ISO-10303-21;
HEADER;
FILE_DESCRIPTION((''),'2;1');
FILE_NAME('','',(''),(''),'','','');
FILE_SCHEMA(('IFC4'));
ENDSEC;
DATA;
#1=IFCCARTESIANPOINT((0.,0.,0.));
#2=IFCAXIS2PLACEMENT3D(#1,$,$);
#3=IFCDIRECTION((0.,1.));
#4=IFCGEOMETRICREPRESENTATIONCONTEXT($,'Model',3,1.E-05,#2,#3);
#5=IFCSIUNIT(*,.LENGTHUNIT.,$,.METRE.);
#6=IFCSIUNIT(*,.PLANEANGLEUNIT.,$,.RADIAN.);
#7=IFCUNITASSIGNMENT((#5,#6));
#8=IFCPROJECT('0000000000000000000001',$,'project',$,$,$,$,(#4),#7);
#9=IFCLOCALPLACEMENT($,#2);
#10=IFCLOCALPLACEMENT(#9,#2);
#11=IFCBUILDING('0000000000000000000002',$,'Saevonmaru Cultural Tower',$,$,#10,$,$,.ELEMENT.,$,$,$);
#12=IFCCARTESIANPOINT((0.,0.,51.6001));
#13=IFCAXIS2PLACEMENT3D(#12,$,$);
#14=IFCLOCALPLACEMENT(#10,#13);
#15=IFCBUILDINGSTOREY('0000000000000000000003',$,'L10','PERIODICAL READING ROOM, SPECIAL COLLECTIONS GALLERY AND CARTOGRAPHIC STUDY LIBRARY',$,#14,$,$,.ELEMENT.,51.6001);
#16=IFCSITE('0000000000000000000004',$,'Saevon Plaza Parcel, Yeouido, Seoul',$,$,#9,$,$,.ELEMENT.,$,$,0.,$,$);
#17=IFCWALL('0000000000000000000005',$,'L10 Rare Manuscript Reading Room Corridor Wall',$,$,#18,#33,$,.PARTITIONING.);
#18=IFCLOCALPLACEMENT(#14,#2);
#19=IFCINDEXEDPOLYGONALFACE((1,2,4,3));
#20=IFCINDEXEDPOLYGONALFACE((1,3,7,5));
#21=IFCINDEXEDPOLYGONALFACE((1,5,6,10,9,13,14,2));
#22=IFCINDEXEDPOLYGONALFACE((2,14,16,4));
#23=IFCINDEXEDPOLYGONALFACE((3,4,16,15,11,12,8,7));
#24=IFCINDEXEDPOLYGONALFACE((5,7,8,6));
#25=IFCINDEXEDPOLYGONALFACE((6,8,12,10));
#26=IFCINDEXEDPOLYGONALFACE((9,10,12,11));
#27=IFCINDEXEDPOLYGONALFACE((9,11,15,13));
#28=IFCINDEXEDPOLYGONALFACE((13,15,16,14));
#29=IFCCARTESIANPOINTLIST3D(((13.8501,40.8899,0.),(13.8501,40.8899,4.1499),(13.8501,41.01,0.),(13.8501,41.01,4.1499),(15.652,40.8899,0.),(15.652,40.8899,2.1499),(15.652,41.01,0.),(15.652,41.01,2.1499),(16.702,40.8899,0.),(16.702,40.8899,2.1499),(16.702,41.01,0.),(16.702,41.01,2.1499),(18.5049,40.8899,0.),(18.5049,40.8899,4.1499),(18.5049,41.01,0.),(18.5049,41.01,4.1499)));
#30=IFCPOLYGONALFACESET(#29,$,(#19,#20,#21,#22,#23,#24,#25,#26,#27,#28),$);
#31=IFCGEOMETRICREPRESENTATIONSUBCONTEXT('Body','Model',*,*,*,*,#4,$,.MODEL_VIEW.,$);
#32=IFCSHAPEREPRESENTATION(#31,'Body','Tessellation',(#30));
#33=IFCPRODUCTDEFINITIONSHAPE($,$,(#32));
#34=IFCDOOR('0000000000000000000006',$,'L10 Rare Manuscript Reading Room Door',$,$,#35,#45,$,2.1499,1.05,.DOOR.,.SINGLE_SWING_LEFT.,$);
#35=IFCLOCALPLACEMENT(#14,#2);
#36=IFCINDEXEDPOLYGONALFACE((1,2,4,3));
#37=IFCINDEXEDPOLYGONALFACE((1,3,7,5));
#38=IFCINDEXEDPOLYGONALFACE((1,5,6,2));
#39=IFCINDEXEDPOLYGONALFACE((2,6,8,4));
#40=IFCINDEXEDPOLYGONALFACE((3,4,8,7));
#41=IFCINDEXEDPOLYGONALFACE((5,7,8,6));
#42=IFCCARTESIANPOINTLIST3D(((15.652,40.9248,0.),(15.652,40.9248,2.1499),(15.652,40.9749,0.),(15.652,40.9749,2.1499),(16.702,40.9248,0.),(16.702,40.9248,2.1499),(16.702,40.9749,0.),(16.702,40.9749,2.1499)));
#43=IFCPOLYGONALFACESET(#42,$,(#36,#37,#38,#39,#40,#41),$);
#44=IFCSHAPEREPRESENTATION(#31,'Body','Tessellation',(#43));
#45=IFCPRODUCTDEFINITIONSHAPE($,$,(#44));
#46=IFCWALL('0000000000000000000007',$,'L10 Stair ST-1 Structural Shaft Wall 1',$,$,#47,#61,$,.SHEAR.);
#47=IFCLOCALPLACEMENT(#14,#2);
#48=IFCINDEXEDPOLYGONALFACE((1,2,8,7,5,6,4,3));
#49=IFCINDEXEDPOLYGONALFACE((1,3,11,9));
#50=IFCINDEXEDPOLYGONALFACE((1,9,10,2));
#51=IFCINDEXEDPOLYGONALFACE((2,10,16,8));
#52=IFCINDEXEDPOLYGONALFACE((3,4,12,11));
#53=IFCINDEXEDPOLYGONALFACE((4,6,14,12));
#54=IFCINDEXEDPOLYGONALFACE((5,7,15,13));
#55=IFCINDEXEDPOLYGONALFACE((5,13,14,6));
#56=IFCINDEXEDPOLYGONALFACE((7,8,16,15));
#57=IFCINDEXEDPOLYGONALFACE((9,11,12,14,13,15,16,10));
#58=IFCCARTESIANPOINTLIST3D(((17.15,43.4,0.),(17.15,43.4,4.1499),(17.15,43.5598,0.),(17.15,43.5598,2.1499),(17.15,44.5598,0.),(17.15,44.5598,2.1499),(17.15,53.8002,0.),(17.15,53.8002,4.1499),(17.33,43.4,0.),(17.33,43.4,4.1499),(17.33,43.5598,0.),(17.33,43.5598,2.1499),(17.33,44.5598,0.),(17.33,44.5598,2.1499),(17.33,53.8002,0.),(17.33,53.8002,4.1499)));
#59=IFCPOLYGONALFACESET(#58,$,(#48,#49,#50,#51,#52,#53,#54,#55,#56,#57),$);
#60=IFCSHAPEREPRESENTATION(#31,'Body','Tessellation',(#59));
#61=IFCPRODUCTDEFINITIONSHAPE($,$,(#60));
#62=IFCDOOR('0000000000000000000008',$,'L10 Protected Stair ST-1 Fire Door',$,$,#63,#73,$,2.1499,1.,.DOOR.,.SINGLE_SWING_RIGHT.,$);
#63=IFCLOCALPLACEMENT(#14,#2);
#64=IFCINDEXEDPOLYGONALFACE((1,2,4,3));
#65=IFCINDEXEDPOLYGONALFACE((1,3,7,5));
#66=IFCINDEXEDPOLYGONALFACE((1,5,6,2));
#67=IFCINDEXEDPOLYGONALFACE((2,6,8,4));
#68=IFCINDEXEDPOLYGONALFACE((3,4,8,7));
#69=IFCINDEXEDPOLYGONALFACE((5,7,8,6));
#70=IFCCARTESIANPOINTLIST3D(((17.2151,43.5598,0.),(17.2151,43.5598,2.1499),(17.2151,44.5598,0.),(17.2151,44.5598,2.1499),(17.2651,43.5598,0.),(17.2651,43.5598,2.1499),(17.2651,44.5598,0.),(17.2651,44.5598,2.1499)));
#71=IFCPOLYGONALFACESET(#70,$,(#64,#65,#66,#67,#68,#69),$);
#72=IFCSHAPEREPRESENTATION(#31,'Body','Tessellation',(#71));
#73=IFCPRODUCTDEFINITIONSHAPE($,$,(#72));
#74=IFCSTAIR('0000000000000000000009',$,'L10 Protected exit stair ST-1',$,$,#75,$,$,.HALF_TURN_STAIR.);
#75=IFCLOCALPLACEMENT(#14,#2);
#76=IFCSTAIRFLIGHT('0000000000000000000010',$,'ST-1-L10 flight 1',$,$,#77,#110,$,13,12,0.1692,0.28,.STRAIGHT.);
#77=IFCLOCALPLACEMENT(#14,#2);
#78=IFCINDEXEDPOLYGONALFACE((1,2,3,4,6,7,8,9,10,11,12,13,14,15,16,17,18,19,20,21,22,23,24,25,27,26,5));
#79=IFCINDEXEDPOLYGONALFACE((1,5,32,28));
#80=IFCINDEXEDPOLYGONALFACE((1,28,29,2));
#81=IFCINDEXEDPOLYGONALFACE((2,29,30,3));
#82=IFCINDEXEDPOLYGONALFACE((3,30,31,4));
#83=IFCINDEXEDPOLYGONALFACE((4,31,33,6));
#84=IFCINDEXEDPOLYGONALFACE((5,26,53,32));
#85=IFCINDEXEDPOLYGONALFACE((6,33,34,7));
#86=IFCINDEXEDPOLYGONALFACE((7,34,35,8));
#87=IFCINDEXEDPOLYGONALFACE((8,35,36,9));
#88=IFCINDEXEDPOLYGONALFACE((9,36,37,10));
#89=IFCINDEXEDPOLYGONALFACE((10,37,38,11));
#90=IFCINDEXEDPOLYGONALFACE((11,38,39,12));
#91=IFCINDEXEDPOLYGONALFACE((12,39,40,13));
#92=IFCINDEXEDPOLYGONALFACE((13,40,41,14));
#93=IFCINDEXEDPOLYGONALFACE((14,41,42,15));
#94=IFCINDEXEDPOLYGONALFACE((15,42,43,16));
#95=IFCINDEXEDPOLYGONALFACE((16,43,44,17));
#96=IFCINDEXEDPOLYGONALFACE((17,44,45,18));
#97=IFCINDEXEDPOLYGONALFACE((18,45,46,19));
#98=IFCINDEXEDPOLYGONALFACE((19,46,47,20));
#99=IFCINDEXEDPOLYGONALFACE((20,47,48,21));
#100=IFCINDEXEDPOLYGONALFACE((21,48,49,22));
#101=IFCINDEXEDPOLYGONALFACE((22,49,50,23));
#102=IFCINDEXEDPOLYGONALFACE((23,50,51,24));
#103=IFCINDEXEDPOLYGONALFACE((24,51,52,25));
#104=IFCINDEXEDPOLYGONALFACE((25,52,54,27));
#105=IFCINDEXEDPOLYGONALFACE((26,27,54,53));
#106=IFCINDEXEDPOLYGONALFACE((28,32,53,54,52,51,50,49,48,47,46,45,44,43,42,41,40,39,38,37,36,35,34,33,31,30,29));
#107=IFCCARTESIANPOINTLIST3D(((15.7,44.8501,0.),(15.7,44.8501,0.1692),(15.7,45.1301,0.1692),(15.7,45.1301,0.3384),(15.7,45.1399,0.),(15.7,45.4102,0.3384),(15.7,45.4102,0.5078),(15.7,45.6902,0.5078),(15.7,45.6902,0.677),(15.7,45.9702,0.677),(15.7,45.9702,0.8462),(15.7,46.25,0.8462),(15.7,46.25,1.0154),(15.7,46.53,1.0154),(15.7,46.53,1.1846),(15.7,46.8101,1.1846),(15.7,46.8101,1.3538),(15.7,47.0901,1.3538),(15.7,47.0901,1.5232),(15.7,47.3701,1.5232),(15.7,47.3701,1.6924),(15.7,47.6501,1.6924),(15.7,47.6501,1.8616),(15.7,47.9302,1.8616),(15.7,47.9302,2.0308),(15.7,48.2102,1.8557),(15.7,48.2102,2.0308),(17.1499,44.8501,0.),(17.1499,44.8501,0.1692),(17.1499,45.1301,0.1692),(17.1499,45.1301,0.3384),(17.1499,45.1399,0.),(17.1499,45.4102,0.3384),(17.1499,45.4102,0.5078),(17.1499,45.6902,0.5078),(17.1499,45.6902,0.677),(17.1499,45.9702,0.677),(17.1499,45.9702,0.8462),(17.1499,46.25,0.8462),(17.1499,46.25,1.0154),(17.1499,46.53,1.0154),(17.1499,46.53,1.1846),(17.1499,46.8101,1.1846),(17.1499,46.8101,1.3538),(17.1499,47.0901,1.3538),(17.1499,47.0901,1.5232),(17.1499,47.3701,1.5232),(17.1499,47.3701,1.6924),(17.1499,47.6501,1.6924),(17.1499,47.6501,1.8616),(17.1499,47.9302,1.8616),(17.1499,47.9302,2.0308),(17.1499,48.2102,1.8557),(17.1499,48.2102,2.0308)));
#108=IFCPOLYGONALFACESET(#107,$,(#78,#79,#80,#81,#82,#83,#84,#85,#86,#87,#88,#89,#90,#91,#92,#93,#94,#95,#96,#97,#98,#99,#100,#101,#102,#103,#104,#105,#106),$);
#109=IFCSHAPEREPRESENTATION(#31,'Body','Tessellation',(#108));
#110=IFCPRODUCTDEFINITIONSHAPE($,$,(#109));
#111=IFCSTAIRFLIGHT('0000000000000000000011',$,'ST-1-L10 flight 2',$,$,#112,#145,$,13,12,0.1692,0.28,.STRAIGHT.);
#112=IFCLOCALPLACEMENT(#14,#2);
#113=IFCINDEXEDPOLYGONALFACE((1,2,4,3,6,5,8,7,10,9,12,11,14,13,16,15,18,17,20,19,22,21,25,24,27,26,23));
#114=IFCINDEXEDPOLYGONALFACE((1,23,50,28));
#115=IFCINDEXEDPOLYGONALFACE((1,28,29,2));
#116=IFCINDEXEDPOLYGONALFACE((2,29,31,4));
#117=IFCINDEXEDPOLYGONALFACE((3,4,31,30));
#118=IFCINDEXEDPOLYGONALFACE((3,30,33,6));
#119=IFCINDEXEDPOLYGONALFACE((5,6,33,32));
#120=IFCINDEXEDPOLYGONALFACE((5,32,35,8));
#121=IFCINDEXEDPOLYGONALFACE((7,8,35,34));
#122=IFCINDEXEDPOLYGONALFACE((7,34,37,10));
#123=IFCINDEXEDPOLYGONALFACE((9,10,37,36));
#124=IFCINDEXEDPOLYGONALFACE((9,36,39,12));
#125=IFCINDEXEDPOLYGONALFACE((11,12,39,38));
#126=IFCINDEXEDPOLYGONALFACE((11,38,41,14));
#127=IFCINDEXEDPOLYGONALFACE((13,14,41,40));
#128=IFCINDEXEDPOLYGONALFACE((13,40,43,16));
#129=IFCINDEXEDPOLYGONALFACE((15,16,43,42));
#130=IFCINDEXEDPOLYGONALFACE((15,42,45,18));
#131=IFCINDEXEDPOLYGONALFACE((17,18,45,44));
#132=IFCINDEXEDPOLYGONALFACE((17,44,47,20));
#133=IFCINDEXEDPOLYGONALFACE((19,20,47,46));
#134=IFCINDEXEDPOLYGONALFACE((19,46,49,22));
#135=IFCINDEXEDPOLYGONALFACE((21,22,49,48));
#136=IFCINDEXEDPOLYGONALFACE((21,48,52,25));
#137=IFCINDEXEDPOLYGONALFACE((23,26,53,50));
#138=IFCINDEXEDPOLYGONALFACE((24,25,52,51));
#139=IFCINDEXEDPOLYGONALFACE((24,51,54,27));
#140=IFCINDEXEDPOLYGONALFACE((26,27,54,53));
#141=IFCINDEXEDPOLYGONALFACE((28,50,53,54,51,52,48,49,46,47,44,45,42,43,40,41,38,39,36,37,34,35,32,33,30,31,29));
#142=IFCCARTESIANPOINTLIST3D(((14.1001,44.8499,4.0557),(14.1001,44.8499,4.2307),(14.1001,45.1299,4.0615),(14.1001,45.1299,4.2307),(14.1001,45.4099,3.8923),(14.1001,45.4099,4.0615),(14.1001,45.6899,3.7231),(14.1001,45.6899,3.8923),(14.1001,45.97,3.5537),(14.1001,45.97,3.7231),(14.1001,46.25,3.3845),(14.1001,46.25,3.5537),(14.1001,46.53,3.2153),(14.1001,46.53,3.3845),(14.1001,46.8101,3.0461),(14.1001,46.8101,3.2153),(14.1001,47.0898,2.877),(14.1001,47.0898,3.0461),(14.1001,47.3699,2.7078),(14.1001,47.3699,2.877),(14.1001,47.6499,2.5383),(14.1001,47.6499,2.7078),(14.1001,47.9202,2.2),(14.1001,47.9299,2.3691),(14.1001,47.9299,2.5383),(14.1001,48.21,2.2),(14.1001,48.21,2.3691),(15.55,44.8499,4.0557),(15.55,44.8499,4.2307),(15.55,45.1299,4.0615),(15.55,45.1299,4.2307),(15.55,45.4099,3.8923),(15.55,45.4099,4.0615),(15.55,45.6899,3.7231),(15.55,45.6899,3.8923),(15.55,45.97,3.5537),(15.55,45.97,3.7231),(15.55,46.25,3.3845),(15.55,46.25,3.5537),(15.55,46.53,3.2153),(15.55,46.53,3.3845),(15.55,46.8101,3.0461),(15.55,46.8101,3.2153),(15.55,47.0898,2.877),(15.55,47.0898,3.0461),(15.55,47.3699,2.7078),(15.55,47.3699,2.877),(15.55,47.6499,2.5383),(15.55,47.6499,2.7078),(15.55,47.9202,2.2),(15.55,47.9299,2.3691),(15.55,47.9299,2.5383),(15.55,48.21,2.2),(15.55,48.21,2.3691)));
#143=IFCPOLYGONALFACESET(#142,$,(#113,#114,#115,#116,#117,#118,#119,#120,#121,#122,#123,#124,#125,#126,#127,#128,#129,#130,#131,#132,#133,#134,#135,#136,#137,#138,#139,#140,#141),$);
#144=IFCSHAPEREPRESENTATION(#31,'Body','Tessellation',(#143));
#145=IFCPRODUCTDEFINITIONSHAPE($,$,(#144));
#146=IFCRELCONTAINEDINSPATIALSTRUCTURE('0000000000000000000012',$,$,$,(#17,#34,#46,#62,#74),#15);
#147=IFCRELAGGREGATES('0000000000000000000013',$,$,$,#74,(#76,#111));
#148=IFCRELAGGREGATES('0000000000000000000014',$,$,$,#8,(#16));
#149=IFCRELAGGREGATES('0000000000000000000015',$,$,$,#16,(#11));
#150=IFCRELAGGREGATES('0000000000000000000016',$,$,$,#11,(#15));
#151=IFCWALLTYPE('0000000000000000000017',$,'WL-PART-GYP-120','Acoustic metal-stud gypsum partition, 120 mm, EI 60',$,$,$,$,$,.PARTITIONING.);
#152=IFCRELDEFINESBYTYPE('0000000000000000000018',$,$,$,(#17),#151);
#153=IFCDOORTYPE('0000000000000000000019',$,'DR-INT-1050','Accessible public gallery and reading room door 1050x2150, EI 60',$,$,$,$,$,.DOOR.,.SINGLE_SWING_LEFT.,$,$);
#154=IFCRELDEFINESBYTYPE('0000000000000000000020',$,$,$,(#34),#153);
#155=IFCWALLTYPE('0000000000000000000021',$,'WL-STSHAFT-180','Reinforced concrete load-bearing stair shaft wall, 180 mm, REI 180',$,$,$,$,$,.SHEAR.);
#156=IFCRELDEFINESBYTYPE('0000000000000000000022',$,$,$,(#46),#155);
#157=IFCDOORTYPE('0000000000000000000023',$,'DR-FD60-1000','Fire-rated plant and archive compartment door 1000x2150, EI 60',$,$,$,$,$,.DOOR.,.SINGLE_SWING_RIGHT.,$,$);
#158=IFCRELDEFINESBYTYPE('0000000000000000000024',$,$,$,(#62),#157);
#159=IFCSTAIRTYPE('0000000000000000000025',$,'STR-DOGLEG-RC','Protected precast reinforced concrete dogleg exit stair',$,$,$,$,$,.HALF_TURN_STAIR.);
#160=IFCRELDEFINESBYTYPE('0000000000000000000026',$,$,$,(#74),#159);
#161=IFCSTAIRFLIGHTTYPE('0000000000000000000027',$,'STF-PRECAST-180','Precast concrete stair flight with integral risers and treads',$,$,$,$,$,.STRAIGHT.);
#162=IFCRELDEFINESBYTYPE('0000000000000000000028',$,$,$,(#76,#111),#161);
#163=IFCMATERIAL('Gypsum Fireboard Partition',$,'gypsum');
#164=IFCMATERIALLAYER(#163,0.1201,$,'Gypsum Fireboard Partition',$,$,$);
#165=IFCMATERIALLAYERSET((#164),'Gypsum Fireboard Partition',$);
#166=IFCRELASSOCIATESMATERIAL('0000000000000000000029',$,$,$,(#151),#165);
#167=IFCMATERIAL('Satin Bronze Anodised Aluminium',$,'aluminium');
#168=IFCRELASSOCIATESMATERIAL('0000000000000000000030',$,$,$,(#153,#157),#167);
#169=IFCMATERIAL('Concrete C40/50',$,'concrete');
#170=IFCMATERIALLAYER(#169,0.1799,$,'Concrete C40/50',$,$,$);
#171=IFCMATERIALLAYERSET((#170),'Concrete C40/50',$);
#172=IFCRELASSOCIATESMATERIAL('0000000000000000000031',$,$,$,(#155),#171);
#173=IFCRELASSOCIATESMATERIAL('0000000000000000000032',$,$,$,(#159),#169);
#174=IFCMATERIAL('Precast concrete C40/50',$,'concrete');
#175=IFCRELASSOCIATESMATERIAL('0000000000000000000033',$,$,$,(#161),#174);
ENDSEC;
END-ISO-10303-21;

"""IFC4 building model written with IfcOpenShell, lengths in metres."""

from ifc_helpers import new_model, si_unit, direction, frame, frame_2d, origin, place, context, subcontext, project, spatial, polyline, rectangle, outline, extrude, material, layer, layer_set, type_object, element, fill, aggregate, save


model = new_model("IFC4")

# Units and contexts
model_context = context("Model", 3, precision=1e-05, world=origin(), true_north=direction((0.0, 1.0)))
body_context = subcontext(model_context, "Body", "Model", "MODEL_VIEW")
ifc_project = project(units=[si_unit("LENGTHUNIT", "METRE"), si_unit("PLANEANGLEUNIT", "RADIAN")], contexts=[model_context])

# Site, building, storey
site_placement = place(None, origin())
site = spatial("IfcSite", under=ifc_project, at=site_placement, Name="Saevon Plaza Parcel, Yeouido, Seoul", CompositionType="ELEMENT", RefElevation=0.0)
building_placement = place(site_placement, origin())
building = spatial("IfcBuilding", under=site, at=building_placement, Name="Saevonmaru Cultural Tower", CompositionType="ELEMENT")
storey_placement = place(building_placement, frame((0.0, 0.0, 51.6001)))
storey = spatial("IfcBuildingStorey", under=building, at=storey_placement, Name="L10", Description="PERIODICAL READING ROOM, SPECIAL COLLECTIONS GALLERY AND CARTOGRAPHIC STUDY LIBRARY", CompositionType="ELEMENT", Elevation=51.6001)

# Shared definitions
ifc_material_1 = material(Name="Satin Bronze Anodised Aluminium", Category="aluminium")

# Shared definitions
ifc_material_2 = material(Name="Gypsum Fireboard Partition", Category="gypsum")

# Shared definitions
ifc_layer_1 = layer(ifc_material_2, 0.1201, Name="Gypsum Fireboard Partition")
ifc_layer_set_1 = layer_set([ifc_layer_1], Name="Gypsum Fireboard Partition")
wall_type_1 = type_object("IfcWallType", Name="WL-PART-GYP-120", Description="Acoustic metal-stud gypsum partition, 120 mm, EI 60", PredefinedType="PARTITIONING", material=ifc_layer_set_1)

# Walls, openings, doors
wall_1_placement = place(storey_placement, frame((13.8501, 40.95, 0.0), z_axis=(0.0, 0.0, 1.0), x_axis=(1.0, 0.0, 0.0)))
wall_1 = element("IfcWall", 1, at=wall_1_placement, inside=storey, type_object=wall_type_1, Name="L10 Rare Manuscript Reading Room Corridor Wall", PredefinedType="PARTITIONING", context=body_context, shape_type="SweptSolid", body=[
    extrude(rectangle(XDim=4.6548, YDim=0.1201, at=frame_2d((2.3274, 0.0))), origin(), (0.0, 0.0, 1.0), 4.1499),
])
opening_1_placement = place(wall_1_placement, frame((1.802, 0.0, 0.0)))
opening_1 = element("IfcOpeningElement", 2, at=opening_1_placement, cuts=wall_1, PredefinedType="OPENING", context=body_context, shape_type="SweptSolid", body=[
    extrude(rectangle(XDim=1.05, YDim=2.1499, at=frame_2d((0.5249, 1.075))), frame((0.0, 0.0701, 0.0), z_axis=(0.0, -1.0, 0.0), x_axis=(1.0, 0.0, 0.0)), (0.0, 0.0, 1.0), 0.1401),
])
door_type_1 = type_object("IfcDoorType", Name="DR-INT-1050", Description="Accessible public gallery and reading room door 1050x2150, EI 60", OperationType="SINGLE_SWING_LEFT", PredefinedType="DOOR", material=ifc_material_1)
door_1_placement = place(opening_1_placement, origin())
door_1 = element("IfcDoor", 3, at=door_1_placement, inside=storey, type_object=door_type_1, Name="L10 Rare Manuscript Reading Room Door", OperationType="SINGLE_SWING_LEFT", OverallHeight=2.1499, OverallWidth=1.05, PredefinedType="DOOR", context=body_context, shape_type="SweptSolid", body=[
    extrude(rectangle(XDim=1.05, YDim=2.1499, at=frame_2d((0.5249, 1.075))), frame((0.0, 0.0249, 0.0), z_axis=(0.0, -1.0, 0.0), x_axis=(1.0, 0.0, 0.0)), (0.0, 0.0, 1.0), 0.05),
])
fill(opening_1, door_1)
ifc_material_3 = material(Name="Concrete C40/50", Category="concrete")
ifc_layer_2 = layer(ifc_material_3, 0.1799, Name="Concrete C40/50")
ifc_layer_set_2 = layer_set([ifc_layer_2], Name="Concrete C40/50")
wall_type_2 = type_object("IfcWallType", Name="WL-STSHAFT-180", Description="Reinforced concrete load-bearing stair shaft wall, 180 mm, REI 180", PredefinedType="SHEAR", material=ifc_layer_set_2)
wall_2_placement = place(storey_placement, frame((17.24, 43.3999, 0.0), z_axis=(0.0, 0.0, 1.0), x_axis=(0.0, 1.0, 0.0)))
wall_2 = element("IfcWall", 4, at=wall_2_placement, inside=storey, type_object=wall_type_2, Name="L10 Stair ST-1 Structural Shaft Wall 1", PredefinedType="SHEAR", context=body_context, shape_type="SweptSolid", body=[
    extrude(rectangle(XDim=10.4001, YDim=0.1799, at=frame_2d((5.2002, 0.0))), origin(), (0.0, 0.0, 1.0), 4.1499),
])
opening_2_placement = place(wall_2_placement, frame((0.1599, 0.0, 0.0)))
opening_2 = element("IfcOpeningElement", 5, at=opening_2_placement, cuts=wall_2, PredefinedType="OPENING", context=body_context, shape_type="SweptSolid", body=[
    extrude(rectangle(XDim=1.0, YDim=2.1499, at=frame_2d((0.5, 1.075))), frame((0.0, 0.1001, 0.0), z_axis=(0.0, -1.0, 0.0), x_axis=(1.0, 0.0, 0.0)), (0.0, 0.0, 1.0), 0.2),
])
door_type_2 = type_object("IfcDoorType", Name="DR-FD60-1000", Description="Fire-rated plant and archive compartment door 1000x2150, EI 60", OperationType="SINGLE_SWING_RIGHT", PredefinedType="DOOR", material=ifc_material_1)
door_2_placement = place(opening_2_placement, origin())
door_2 = element("IfcDoor", 6, at=door_2_placement, inside=storey, type_object=door_type_2, Name="L10 Protected Stair ST-1 Fire Door", OperationType="SINGLE_SWING_RIGHT", OverallHeight=2.1499, OverallWidth=1.0, PredefinedType="DOOR", context=body_context, shape_type="SweptSolid", body=[
    extrude(rectangle(XDim=1.0, YDim=2.1499, at=frame_2d((0.5, 1.075))), frame((0.0, 0.0249, 0.0), z_axis=(0.0, -1.0, 0.0), x_axis=(1.0, 0.0, 0.0)), (0.0, 0.0, 1.0), 0.05),
])
fill(opening_2, door_2)

# Stair, stair flights
stair_type = type_object("IfcStairType", Name="STR-DOGLEG-RC", Description="Protected precast reinforced concrete dogleg exit stair", PredefinedType="HALF_TURN_STAIR", material=ifc_material_3)
stair_placement = place(storey_placement, origin())
stair = element("IfcStair", 7, at=stair_placement, inside=storey, type_object=stair_type, Name="L10 Protected exit stair ST-1", PredefinedType="HALF_TURN_STAIR")
ifc_material_4 = material(Name="Precast concrete C40/50", Category="concrete")
stair_flight_type = type_object("IfcStairFlightType", Name="STF-PRECAST-180", Description="Precast concrete stair flight with integral risers and treads", PredefinedType="STRAIGHT", material=ifc_material_4)
stair_flight_1_placement = place(storey_placement, frame((16.425, 44.8501, 0.0), z_axis=(0.0, 0.0, 1.0), x_axis=(0.0, 1.0, 0.0)))
stair_flight_1 = element("IfcStairFlight", 8, at=stair_flight_1_placement, type_object=stair_flight_type, Name="ST-1-L10 flight 1", NumberOfRisers=13, NumberOfTreads=12, PredefinedType="STRAIGHT", RiserHeight=0.1692, TreadLength=0.28, context=body_context, shape_type="SweptSolid", body=[
    extrude(outline(polyline([(0.0, 0.0), (0.0, 0.1692), (0.28, 0.1692), (0.28, 0.3384), (0.5601, 0.3384), (0.5601, 0.5078), (0.8401, 0.5078), (0.8401, 0.677), (1.1201, 0.677), (1.1201, 0.8462), (1.3999, 0.8462), (1.3999, 1.0154), (1.6799, 1.0154), (1.6799, 1.1846), (1.96, 1.1846), (1.96, 1.3538), (2.24, 1.3538), (2.24, 1.5232), (2.52, 1.5232), (2.52, 1.6924), (2.8, 1.6924), (2.8, 1.8616), (3.0801, 1.8616), (3.0801, 2.0308), (3.3601, 2.0308), (3.3601, 2.2), (3.3601, 1.8557), (0.2898, 0.0), (0.0, 0.0)])), frame((0.0, 0.7251, 0.0), z_axis=(0.0, -1.0, 0.0), x_axis=(1.0, 0.0, 0.0)), (0.0, 0.0, 1.0), 1.45),
])
stair_flight_2_placement = place(storey_placement, frame((14.825, 48.21, 2.2), z_axis=(0.0, 0.0, 1.0), x_axis=(0.0, -1.0, 0.0)))
stair_flight_2 = element("IfcStairFlight", 9, at=stair_flight_2_placement, type_object=stair_flight_type, Name="ST-1-L10 flight 2", NumberOfRisers=13, NumberOfTreads=12, PredefinedType="STRAIGHT", RiserHeight=0.1692, TreadLength=0.28, context=body_context, shape_type="SweptSolid", body=[
    extrude(outline(polyline([(0.0, 0.0), (0.0, 0.1692), (0.28, 0.1692), (0.28, 0.3384), (0.5601, 0.3384), (0.5601, 0.5078), (0.8401, 0.5078), (0.8401, 0.677), (1.1201, 0.677), (1.1201, 0.8462), (1.3999, 0.8462), (1.3999, 1.0154), (1.6799, 1.0154), (1.6799, 1.1846), (1.96, 1.1846), (1.96, 1.3538), (2.24, 1.3538), (2.24, 1.5232), (2.52, 1.5232), (2.52, 1.6924), (2.8, 1.6924), (2.8, 1.8616), (3.0801, 1.8616), (3.0801, 2.0308), (3.3601, 2.0308), (3.3601, 2.2), (3.3601, 1.8557), (0.2898, 0.0), (0.0, 0.0)])), frame((0.0, 0.7251, 0.0), z_axis=(0.0, -1.0, 0.0), x_axis=(1.0, 0.0, 0.0)), (0.0, 0.0, 1.0), 1.45),
])
aggregate(stair, [stair_flight_1, stair_flight_2])

save(model, "model.ifc")
